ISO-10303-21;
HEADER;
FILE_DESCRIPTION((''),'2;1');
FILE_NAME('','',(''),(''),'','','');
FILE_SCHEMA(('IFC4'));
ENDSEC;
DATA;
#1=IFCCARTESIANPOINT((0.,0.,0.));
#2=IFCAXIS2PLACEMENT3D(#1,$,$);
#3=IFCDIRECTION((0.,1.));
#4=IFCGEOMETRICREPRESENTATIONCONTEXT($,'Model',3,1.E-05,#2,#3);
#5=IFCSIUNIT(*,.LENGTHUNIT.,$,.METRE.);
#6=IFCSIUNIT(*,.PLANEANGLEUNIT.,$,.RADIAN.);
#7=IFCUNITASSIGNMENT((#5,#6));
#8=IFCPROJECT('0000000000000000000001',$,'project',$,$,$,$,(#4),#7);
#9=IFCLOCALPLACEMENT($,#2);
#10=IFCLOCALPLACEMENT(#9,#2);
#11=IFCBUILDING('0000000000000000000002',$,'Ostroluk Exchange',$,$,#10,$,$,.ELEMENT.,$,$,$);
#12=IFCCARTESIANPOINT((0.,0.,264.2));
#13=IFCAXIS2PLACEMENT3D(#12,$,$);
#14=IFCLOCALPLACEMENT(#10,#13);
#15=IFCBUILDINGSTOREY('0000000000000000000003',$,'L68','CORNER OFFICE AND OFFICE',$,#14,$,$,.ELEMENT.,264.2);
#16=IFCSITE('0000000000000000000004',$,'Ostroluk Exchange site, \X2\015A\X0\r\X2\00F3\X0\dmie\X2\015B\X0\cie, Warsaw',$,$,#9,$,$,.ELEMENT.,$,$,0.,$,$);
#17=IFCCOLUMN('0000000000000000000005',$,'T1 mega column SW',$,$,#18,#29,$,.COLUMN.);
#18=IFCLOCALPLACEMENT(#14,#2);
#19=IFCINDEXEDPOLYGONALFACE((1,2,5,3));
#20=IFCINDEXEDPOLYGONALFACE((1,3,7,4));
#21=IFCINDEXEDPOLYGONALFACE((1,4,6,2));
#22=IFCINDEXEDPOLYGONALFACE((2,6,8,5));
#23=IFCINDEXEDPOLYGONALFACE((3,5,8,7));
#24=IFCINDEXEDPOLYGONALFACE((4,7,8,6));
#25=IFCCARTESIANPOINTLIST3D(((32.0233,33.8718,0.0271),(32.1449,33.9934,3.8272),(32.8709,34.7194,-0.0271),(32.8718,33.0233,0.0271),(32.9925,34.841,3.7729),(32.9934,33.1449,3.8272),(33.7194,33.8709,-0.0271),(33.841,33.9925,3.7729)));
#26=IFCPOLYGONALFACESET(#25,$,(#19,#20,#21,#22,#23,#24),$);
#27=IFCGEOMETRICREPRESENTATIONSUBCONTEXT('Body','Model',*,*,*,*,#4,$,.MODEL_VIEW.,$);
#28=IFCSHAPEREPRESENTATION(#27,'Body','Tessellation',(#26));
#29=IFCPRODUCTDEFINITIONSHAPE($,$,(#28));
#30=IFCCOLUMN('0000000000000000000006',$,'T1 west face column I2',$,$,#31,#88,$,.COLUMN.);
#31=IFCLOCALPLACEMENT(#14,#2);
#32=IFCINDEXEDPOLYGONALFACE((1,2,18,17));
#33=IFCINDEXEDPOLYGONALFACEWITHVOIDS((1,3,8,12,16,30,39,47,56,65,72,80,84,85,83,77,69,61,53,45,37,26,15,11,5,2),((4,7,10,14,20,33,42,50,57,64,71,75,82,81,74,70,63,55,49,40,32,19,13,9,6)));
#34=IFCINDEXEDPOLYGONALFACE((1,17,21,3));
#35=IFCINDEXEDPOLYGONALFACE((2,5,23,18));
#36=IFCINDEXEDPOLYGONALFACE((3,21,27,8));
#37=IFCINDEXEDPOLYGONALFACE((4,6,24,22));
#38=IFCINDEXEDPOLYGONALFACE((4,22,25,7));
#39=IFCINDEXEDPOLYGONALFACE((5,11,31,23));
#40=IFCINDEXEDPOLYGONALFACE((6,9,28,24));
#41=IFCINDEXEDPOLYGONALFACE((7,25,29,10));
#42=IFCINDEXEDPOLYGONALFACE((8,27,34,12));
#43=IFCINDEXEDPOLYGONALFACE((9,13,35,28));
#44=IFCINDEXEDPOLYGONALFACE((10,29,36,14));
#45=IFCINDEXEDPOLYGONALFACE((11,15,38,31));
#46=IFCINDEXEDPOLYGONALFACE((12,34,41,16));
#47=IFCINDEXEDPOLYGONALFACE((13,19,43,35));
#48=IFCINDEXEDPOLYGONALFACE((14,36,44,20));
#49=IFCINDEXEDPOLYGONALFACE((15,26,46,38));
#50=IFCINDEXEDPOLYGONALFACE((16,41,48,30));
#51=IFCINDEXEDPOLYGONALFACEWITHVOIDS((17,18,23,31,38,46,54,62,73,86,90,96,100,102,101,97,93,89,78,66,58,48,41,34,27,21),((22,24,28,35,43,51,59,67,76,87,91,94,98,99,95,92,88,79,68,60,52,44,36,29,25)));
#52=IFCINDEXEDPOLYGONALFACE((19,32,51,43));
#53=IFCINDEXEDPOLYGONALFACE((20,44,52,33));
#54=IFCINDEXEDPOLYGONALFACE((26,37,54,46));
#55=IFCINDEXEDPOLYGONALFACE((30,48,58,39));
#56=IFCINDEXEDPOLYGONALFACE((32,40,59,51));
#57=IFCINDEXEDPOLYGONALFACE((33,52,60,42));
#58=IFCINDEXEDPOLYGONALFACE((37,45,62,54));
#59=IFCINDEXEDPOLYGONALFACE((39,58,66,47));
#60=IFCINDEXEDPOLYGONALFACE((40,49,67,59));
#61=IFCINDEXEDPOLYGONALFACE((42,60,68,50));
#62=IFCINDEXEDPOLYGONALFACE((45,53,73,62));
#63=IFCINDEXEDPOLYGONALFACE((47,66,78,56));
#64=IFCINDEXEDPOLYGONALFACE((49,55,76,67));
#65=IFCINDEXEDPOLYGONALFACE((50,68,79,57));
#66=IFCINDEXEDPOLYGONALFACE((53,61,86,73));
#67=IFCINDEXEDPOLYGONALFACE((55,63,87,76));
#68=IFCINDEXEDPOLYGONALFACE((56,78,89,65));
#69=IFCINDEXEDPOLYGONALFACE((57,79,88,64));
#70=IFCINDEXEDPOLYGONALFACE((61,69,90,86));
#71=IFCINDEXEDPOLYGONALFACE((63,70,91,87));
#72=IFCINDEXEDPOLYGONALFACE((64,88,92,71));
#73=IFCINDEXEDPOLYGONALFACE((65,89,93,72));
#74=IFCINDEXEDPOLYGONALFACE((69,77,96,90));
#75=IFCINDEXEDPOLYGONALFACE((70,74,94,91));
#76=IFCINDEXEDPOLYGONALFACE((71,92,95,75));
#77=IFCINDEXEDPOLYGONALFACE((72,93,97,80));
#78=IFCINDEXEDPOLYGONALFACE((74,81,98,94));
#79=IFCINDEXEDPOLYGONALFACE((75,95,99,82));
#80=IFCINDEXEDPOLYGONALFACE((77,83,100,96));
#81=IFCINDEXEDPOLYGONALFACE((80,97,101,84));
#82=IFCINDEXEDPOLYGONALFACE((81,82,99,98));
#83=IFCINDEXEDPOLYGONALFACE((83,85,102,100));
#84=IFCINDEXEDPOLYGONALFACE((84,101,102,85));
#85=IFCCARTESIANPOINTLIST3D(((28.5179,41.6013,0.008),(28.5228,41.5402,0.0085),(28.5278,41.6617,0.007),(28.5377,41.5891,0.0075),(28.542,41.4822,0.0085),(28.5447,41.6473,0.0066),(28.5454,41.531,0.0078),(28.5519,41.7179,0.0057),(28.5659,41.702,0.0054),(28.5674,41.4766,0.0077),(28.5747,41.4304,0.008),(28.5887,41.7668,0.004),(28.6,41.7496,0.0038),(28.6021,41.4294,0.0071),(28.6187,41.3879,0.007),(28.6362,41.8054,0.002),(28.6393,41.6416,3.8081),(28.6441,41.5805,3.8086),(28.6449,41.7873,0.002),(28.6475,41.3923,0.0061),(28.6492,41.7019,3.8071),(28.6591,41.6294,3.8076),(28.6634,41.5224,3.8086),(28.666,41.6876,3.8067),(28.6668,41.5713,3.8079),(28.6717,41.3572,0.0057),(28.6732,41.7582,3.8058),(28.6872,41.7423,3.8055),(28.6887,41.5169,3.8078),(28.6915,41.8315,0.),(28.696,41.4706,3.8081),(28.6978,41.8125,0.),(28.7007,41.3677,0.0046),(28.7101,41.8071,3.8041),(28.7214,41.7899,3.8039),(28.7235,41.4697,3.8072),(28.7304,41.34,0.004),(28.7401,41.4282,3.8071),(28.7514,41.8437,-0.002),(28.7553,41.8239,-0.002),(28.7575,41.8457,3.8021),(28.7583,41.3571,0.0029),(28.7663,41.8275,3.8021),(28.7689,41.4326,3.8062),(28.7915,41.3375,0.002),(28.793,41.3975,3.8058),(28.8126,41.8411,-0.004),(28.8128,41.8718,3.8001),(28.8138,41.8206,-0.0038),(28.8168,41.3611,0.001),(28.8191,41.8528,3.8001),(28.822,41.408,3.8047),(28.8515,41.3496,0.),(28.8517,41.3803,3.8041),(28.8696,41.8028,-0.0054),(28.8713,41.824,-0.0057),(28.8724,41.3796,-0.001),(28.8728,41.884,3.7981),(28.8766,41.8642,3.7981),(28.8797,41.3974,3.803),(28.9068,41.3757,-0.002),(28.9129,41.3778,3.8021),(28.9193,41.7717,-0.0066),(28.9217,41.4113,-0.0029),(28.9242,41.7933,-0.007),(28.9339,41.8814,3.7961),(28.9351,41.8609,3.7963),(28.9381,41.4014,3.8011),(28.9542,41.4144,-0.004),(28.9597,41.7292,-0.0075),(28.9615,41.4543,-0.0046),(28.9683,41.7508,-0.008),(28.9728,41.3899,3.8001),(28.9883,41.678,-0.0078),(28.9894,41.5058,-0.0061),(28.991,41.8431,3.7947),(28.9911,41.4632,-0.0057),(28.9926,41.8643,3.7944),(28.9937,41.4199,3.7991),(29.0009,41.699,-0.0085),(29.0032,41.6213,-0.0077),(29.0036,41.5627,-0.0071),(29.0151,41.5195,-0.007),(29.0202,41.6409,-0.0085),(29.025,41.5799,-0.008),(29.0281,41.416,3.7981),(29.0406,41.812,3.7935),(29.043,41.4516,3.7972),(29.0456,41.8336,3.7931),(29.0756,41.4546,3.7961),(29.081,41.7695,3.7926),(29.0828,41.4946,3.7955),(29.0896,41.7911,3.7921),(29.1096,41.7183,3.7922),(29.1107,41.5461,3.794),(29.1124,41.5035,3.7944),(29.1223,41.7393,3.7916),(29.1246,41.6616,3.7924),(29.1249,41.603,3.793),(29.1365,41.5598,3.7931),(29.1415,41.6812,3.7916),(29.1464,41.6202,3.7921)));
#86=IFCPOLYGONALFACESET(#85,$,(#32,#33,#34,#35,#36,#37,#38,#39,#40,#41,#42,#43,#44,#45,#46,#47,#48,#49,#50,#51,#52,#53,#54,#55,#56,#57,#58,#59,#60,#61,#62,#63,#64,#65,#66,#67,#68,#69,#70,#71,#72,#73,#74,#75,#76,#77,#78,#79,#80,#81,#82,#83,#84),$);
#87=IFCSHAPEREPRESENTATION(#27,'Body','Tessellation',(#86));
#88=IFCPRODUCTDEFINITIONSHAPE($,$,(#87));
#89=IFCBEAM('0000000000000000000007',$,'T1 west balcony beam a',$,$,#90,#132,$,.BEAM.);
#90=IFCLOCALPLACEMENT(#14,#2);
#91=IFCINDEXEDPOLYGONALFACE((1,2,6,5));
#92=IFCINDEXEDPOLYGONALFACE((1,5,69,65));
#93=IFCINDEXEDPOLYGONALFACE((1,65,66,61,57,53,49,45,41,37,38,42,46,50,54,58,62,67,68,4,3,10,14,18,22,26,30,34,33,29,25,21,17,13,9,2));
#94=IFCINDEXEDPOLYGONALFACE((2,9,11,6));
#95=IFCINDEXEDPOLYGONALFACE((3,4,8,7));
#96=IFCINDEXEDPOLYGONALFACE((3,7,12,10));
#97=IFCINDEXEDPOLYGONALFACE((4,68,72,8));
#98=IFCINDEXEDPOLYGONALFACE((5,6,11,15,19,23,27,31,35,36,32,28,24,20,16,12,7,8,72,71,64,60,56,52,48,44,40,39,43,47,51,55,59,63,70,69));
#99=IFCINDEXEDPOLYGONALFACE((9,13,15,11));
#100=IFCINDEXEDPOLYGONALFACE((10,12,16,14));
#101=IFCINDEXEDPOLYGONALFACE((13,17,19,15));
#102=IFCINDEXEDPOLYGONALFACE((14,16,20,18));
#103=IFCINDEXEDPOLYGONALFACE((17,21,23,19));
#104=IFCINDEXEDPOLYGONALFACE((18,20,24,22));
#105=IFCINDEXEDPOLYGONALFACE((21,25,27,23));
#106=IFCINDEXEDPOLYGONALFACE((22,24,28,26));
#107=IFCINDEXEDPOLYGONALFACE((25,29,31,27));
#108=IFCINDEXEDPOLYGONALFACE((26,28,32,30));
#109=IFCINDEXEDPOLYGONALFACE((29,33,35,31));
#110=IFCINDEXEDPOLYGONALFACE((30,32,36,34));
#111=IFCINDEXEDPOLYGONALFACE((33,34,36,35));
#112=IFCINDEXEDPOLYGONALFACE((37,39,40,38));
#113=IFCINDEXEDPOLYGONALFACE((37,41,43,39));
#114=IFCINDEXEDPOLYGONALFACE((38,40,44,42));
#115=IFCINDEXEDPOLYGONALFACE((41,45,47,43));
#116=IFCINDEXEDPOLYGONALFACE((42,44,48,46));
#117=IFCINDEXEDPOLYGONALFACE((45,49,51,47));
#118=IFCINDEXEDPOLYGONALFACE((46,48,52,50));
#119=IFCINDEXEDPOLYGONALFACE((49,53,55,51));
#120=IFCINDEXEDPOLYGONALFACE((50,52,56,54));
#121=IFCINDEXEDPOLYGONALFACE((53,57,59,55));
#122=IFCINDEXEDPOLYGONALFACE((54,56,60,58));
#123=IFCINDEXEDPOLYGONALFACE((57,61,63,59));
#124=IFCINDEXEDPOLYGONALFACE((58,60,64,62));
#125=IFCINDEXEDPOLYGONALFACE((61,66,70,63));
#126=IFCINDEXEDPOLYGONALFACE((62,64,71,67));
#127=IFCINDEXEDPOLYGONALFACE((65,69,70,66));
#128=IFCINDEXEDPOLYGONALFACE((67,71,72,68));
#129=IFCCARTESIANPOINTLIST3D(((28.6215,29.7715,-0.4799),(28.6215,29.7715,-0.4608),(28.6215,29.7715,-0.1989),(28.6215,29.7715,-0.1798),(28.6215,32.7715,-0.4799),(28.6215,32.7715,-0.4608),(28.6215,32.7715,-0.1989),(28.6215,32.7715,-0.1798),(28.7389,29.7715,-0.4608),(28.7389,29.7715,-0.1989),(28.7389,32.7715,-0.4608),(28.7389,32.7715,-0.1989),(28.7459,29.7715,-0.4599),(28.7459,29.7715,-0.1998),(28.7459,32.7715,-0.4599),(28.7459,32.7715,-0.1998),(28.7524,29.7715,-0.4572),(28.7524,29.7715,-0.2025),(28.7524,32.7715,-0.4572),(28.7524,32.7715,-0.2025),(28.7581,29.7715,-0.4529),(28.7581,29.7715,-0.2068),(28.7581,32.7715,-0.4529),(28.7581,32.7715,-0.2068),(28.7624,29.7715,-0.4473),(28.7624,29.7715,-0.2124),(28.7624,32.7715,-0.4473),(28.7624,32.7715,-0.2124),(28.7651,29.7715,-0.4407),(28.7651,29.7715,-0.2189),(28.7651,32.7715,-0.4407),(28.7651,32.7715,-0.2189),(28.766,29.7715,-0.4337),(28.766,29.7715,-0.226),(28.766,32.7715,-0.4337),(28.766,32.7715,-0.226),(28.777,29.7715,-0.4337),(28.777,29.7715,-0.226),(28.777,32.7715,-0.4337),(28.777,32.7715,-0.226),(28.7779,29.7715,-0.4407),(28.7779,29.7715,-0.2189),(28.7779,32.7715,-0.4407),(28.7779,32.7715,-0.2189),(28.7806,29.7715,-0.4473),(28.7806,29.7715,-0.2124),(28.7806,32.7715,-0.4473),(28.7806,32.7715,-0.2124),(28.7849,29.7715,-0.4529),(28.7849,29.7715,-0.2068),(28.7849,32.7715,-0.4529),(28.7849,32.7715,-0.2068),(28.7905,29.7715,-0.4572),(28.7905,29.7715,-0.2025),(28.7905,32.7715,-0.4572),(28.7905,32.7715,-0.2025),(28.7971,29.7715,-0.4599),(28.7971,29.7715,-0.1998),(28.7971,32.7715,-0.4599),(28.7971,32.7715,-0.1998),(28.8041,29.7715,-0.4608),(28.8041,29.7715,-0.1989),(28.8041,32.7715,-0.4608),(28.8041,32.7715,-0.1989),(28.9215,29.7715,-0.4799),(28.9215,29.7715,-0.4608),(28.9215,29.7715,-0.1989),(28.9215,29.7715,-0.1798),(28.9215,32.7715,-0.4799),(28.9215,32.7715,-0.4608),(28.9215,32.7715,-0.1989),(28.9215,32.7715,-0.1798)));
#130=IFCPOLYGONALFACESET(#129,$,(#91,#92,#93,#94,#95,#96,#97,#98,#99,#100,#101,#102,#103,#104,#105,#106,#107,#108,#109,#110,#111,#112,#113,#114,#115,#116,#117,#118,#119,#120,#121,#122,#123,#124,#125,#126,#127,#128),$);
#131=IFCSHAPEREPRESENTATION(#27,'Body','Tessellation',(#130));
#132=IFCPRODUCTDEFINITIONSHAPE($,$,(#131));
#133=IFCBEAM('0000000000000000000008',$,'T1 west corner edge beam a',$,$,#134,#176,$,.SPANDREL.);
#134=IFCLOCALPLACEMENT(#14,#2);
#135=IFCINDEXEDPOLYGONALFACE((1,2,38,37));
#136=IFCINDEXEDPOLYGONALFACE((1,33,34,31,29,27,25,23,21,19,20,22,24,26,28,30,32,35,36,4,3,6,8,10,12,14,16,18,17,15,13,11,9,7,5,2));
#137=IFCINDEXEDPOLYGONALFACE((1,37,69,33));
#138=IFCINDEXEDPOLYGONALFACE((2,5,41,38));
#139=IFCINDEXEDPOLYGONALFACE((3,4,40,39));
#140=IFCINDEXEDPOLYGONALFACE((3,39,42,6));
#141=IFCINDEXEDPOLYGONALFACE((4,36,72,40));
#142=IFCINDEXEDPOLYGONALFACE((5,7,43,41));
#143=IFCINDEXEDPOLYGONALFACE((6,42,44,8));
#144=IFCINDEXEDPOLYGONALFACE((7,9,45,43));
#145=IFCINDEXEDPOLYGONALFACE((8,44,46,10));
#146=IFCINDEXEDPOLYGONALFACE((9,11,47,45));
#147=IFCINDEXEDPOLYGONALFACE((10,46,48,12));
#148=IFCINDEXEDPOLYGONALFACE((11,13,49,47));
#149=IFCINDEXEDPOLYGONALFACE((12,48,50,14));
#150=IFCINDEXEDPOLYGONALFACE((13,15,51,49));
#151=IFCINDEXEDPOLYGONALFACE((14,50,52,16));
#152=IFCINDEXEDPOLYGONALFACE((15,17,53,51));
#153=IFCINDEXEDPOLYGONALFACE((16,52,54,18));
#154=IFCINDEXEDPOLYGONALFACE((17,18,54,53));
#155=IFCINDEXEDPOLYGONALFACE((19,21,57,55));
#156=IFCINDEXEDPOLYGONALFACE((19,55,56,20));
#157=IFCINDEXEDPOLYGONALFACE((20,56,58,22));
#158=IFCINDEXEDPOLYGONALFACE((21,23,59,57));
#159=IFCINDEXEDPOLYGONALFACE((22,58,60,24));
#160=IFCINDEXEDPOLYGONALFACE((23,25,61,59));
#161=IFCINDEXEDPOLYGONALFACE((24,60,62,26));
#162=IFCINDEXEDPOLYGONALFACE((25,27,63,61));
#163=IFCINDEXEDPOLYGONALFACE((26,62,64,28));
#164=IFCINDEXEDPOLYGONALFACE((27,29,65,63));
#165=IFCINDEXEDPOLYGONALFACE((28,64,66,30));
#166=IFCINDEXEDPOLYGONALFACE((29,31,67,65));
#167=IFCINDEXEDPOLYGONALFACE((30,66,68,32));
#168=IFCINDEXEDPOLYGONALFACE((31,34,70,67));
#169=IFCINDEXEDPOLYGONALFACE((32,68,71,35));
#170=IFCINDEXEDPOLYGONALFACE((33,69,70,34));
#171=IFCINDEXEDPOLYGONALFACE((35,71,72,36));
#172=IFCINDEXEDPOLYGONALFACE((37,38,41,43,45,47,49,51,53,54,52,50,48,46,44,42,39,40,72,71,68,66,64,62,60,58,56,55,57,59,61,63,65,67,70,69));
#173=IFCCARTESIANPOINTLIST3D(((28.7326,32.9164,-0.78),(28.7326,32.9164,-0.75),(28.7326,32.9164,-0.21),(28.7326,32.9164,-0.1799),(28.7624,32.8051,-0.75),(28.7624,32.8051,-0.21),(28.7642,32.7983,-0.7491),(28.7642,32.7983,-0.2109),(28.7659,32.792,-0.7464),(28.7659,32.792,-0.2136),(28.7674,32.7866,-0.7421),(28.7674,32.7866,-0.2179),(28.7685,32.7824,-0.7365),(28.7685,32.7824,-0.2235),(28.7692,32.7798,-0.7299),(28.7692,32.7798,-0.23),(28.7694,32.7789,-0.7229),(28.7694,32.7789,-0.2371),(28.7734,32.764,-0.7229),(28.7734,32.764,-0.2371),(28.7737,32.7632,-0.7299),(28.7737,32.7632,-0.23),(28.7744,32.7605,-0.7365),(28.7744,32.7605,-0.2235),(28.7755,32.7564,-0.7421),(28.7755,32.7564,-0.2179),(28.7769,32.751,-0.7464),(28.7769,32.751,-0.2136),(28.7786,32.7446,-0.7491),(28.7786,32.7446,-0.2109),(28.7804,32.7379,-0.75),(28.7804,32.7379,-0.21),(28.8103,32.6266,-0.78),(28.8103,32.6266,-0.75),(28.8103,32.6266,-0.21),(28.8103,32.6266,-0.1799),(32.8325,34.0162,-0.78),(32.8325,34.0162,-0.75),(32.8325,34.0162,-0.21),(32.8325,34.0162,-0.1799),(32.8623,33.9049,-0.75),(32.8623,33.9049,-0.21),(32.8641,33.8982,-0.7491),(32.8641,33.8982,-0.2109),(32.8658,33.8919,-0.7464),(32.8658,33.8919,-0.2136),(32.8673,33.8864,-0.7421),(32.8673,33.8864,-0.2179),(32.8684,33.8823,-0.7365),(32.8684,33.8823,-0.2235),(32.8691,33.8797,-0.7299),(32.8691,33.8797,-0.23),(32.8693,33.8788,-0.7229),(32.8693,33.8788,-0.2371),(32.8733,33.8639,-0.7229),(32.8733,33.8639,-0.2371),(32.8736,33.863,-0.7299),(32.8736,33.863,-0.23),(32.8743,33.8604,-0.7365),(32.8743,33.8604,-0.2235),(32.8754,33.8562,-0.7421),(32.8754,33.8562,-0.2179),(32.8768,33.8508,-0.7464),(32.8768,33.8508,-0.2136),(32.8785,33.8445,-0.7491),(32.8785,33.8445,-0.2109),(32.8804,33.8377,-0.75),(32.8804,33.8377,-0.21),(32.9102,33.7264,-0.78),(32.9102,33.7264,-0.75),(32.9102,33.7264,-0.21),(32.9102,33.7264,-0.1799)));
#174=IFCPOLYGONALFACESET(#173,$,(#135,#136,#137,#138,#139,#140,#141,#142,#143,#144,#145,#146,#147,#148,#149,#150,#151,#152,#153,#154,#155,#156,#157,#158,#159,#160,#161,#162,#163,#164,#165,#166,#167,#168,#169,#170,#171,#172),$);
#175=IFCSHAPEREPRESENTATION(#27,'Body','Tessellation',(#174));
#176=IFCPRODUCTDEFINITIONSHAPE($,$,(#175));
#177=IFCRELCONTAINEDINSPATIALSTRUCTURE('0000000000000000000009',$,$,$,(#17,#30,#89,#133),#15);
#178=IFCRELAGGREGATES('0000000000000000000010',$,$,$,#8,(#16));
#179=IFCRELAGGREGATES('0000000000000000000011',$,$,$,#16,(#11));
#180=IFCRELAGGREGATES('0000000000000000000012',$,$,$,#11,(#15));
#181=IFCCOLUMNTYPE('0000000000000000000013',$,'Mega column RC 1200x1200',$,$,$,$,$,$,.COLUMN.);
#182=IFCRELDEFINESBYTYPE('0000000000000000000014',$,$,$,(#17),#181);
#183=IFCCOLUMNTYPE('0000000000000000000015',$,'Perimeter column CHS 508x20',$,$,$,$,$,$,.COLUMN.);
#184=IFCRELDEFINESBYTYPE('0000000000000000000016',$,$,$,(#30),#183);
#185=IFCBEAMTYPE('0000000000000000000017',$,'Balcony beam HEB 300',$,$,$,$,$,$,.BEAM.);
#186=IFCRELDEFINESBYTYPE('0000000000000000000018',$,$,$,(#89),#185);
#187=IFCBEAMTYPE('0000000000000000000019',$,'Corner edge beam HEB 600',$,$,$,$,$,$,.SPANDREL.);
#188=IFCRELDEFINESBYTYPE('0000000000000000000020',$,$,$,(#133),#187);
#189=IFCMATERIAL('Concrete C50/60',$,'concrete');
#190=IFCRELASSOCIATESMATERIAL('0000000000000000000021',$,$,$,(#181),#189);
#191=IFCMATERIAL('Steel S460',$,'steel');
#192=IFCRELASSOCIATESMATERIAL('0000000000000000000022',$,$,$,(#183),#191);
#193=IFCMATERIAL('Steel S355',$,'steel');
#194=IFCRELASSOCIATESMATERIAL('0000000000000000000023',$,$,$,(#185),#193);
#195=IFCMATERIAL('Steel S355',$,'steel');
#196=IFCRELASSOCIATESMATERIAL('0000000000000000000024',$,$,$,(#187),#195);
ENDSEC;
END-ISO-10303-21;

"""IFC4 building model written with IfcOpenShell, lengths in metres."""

from ifc_helpers import new_model, si_unit, direction, frame, origin, origin_2d, place, context, subcontext, project, spatial, rectangle, hollow_circle, i_section, extrude, material, material_profile, profile_set, type_object, element, save


model = new_model("IFC4")

# Units and contexts
model_context = context("Model", 3, precision=1e-05, world=origin(), true_north=direction((0.0, 1.0)))
body_context = subcontext(model_context, "Body", "Model", "MODEL_VIEW")
ifc_project = project(units=[si_unit("LENGTHUNIT", "METRE"), si_unit("PLANEANGLEUNIT", "RADIAN")], contexts=[model_context])

# Site, building, storey
site_placement = place(None, origin())
site = spatial("IfcSite", under=ifc_project, at=site_placement, Name="Ostroluk Exchange site, Śródmieście, Warsaw", CompositionType="ELEMENT", RefElevation=0.0)
building_placement = place(site_placement, origin())
building = spatial("IfcBuilding", under=site, at=building_placement, Name="Ostroluk Exchange", CompositionType="ELEMENT")
storey_placement = place(building_placement, frame((0.0, 0.0, 264.2)))
storey = spatial("IfcBuildingStorey", under=building, at=storey_placement, Name="L68", Description="CORNER OFFICE AND OFFICE", CompositionType="ELEMENT", Elevation=264.2)

# Columns
ifc_material_1 = material(Name="Concrete C50/60", Category="concrete")
ifc_material_profile_1 = material_profile(ifc_material_1, rectangle(XDim=1.2, YDim=1.2, at=origin_2d()), Name="RC 1200x1200")
ifc_profile_set_1 = profile_set([ifc_material_profile_1], Name="Concrete C50/60")
column_type_1 = type_object("IfcColumnType", Name="Mega column RC 1200x1200", PredefinedType="COLUMN", material=ifc_profile_set_1)
column_1_placement = place(storey_placement, frame((32.8713, 33.8713, 0.0), z_axis=(0.031962, 0.031962, 0.998978), x_axis=(-0.707107, 0.707107, 0.0)))
element("IfcColumn", 1, at=column_1_placement, inside=storey, type_object=column_type_1, Name="T1 mega column SW", PredefinedType="COLUMN", context=body_context, shape_type="SweptSolid", body=[
    extrude(rectangle(XDim=1.2, YDim=1.2, at=origin_2d()), origin(), (0.0, 0.0, 1.0), 3.804),
])
ifc_material_2 = material(Name="Steel S460", Category="steel")
ifc_material_profile_2 = material_profile(ifc_material_2, hollow_circle(Radius=0.2539, WallThickness=0.02, at=origin_2d()), Name="CHS 508x20")
ifc_profile_set_2 = profile_set([ifc_material_profile_2], Name="Steel S460")
column_type_2 = type_object("IfcColumnType", Name="Perimeter column CHS 508x20", PredefinedType="COLUMN", material=ifc_profile_set_2)
column_2_placement = place(storey_placement, frame((28.7715, 41.5906, 0.0), z_axis=(0.031913, 0.010595, 0.999435), x_axis=(-0.315082, 0.949065, 0.0)))
element("IfcColumn", 2, at=column_2_placement, inside=storey, type_object=column_type_2, Name="T1 west face column I2", PredefinedType="COLUMN", context=body_context, shape_type="SweptSolid", body=[
    extrude(hollow_circle(Radius=0.2539, WallThickness=0.02, at=origin_2d()), origin(), (0.0, 0.0, 1.0), 3.8022),
])

# Beams
ifc_material_3 = material(Name="Steel S355", Category="steel")
ifc_material_profile_3 = material_profile(ifc_material_3, i_section(OverallWidth=0.3, OverallDepth=0.3, WebThickness=0.011, FlangeThickness=0.019, FilletRadius=0.0271, at=origin_2d()), Name="HEB 300")
ifc_profile_set_3 = profile_set([ifc_material_profile_3], Name="Steel S355")
beam_type_1 = type_object("IfcBeamType", Name="Balcony beam HEB 300", PredefinedType="BEAM", material=ifc_profile_set_3)
beam_1_placement = place(storey_placement, frame((28.7715, 32.7715, -0.3298), z_axis=(0.0, -1.0, 0.0), x_axis=(1.0, 0.0, 0.0)))
element("IfcBeam", 3, at=beam_1_placement, inside=storey, type_object=beam_type_1, Name="T1 west balcony beam a", PredefinedType="BEAM", context=body_context, shape_type="SweptSolid", body=[
    extrude(i_section(OverallWidth=0.3, OverallDepth=0.3, WebThickness=0.011, FlangeThickness=0.019, FilletRadius=0.0271, at=origin_2d()), origin(), (0.0, 0.0, 1.0), 3.0),
])
ifc_material_4 = material(Name="Steel S355", Category="steel")
ifc_material_profile_4 = material_profile(ifc_material_4, i_section(OverallWidth=0.3, OverallDepth=0.6001, WebThickness=0.0154, FlangeThickness=0.03, FilletRadius=0.0271, at=origin_2d()), Name="HEB 600")
ifc_profile_set_4 = profile_set([ifc_material_profile_4], Name="Steel S355")
beam_type_2 = type_object("IfcBeamType", Name="Corner edge beam HEB 600", PredefinedType="SPANDREL", material=ifc_profile_set_4)
beam_2_placement = place(storey_placement, frame((32.8713, 33.8713, -0.48), z_axis=(-0.965849, -0.259105, 0.0), x_axis=(0.259105, -0.965849, 0.0)))
element("IfcBeam", 4, at=beam_2_placement, inside=storey, type_object=beam_type_2, Name="T1 west corner edge beam a", PredefinedType="SPANDREL", context=body_context, shape_type="SweptSolid", body=[
    extrude(i_section(OverallWidth=0.3, OverallDepth=0.6001, WebThickness=0.0154, FlangeThickness=0.03, FilletRadius=0.0271, at=origin_2d()), origin(), (0.0, 0.0, 1.0), 4.2449),
])

save(model, "model.ifc")
